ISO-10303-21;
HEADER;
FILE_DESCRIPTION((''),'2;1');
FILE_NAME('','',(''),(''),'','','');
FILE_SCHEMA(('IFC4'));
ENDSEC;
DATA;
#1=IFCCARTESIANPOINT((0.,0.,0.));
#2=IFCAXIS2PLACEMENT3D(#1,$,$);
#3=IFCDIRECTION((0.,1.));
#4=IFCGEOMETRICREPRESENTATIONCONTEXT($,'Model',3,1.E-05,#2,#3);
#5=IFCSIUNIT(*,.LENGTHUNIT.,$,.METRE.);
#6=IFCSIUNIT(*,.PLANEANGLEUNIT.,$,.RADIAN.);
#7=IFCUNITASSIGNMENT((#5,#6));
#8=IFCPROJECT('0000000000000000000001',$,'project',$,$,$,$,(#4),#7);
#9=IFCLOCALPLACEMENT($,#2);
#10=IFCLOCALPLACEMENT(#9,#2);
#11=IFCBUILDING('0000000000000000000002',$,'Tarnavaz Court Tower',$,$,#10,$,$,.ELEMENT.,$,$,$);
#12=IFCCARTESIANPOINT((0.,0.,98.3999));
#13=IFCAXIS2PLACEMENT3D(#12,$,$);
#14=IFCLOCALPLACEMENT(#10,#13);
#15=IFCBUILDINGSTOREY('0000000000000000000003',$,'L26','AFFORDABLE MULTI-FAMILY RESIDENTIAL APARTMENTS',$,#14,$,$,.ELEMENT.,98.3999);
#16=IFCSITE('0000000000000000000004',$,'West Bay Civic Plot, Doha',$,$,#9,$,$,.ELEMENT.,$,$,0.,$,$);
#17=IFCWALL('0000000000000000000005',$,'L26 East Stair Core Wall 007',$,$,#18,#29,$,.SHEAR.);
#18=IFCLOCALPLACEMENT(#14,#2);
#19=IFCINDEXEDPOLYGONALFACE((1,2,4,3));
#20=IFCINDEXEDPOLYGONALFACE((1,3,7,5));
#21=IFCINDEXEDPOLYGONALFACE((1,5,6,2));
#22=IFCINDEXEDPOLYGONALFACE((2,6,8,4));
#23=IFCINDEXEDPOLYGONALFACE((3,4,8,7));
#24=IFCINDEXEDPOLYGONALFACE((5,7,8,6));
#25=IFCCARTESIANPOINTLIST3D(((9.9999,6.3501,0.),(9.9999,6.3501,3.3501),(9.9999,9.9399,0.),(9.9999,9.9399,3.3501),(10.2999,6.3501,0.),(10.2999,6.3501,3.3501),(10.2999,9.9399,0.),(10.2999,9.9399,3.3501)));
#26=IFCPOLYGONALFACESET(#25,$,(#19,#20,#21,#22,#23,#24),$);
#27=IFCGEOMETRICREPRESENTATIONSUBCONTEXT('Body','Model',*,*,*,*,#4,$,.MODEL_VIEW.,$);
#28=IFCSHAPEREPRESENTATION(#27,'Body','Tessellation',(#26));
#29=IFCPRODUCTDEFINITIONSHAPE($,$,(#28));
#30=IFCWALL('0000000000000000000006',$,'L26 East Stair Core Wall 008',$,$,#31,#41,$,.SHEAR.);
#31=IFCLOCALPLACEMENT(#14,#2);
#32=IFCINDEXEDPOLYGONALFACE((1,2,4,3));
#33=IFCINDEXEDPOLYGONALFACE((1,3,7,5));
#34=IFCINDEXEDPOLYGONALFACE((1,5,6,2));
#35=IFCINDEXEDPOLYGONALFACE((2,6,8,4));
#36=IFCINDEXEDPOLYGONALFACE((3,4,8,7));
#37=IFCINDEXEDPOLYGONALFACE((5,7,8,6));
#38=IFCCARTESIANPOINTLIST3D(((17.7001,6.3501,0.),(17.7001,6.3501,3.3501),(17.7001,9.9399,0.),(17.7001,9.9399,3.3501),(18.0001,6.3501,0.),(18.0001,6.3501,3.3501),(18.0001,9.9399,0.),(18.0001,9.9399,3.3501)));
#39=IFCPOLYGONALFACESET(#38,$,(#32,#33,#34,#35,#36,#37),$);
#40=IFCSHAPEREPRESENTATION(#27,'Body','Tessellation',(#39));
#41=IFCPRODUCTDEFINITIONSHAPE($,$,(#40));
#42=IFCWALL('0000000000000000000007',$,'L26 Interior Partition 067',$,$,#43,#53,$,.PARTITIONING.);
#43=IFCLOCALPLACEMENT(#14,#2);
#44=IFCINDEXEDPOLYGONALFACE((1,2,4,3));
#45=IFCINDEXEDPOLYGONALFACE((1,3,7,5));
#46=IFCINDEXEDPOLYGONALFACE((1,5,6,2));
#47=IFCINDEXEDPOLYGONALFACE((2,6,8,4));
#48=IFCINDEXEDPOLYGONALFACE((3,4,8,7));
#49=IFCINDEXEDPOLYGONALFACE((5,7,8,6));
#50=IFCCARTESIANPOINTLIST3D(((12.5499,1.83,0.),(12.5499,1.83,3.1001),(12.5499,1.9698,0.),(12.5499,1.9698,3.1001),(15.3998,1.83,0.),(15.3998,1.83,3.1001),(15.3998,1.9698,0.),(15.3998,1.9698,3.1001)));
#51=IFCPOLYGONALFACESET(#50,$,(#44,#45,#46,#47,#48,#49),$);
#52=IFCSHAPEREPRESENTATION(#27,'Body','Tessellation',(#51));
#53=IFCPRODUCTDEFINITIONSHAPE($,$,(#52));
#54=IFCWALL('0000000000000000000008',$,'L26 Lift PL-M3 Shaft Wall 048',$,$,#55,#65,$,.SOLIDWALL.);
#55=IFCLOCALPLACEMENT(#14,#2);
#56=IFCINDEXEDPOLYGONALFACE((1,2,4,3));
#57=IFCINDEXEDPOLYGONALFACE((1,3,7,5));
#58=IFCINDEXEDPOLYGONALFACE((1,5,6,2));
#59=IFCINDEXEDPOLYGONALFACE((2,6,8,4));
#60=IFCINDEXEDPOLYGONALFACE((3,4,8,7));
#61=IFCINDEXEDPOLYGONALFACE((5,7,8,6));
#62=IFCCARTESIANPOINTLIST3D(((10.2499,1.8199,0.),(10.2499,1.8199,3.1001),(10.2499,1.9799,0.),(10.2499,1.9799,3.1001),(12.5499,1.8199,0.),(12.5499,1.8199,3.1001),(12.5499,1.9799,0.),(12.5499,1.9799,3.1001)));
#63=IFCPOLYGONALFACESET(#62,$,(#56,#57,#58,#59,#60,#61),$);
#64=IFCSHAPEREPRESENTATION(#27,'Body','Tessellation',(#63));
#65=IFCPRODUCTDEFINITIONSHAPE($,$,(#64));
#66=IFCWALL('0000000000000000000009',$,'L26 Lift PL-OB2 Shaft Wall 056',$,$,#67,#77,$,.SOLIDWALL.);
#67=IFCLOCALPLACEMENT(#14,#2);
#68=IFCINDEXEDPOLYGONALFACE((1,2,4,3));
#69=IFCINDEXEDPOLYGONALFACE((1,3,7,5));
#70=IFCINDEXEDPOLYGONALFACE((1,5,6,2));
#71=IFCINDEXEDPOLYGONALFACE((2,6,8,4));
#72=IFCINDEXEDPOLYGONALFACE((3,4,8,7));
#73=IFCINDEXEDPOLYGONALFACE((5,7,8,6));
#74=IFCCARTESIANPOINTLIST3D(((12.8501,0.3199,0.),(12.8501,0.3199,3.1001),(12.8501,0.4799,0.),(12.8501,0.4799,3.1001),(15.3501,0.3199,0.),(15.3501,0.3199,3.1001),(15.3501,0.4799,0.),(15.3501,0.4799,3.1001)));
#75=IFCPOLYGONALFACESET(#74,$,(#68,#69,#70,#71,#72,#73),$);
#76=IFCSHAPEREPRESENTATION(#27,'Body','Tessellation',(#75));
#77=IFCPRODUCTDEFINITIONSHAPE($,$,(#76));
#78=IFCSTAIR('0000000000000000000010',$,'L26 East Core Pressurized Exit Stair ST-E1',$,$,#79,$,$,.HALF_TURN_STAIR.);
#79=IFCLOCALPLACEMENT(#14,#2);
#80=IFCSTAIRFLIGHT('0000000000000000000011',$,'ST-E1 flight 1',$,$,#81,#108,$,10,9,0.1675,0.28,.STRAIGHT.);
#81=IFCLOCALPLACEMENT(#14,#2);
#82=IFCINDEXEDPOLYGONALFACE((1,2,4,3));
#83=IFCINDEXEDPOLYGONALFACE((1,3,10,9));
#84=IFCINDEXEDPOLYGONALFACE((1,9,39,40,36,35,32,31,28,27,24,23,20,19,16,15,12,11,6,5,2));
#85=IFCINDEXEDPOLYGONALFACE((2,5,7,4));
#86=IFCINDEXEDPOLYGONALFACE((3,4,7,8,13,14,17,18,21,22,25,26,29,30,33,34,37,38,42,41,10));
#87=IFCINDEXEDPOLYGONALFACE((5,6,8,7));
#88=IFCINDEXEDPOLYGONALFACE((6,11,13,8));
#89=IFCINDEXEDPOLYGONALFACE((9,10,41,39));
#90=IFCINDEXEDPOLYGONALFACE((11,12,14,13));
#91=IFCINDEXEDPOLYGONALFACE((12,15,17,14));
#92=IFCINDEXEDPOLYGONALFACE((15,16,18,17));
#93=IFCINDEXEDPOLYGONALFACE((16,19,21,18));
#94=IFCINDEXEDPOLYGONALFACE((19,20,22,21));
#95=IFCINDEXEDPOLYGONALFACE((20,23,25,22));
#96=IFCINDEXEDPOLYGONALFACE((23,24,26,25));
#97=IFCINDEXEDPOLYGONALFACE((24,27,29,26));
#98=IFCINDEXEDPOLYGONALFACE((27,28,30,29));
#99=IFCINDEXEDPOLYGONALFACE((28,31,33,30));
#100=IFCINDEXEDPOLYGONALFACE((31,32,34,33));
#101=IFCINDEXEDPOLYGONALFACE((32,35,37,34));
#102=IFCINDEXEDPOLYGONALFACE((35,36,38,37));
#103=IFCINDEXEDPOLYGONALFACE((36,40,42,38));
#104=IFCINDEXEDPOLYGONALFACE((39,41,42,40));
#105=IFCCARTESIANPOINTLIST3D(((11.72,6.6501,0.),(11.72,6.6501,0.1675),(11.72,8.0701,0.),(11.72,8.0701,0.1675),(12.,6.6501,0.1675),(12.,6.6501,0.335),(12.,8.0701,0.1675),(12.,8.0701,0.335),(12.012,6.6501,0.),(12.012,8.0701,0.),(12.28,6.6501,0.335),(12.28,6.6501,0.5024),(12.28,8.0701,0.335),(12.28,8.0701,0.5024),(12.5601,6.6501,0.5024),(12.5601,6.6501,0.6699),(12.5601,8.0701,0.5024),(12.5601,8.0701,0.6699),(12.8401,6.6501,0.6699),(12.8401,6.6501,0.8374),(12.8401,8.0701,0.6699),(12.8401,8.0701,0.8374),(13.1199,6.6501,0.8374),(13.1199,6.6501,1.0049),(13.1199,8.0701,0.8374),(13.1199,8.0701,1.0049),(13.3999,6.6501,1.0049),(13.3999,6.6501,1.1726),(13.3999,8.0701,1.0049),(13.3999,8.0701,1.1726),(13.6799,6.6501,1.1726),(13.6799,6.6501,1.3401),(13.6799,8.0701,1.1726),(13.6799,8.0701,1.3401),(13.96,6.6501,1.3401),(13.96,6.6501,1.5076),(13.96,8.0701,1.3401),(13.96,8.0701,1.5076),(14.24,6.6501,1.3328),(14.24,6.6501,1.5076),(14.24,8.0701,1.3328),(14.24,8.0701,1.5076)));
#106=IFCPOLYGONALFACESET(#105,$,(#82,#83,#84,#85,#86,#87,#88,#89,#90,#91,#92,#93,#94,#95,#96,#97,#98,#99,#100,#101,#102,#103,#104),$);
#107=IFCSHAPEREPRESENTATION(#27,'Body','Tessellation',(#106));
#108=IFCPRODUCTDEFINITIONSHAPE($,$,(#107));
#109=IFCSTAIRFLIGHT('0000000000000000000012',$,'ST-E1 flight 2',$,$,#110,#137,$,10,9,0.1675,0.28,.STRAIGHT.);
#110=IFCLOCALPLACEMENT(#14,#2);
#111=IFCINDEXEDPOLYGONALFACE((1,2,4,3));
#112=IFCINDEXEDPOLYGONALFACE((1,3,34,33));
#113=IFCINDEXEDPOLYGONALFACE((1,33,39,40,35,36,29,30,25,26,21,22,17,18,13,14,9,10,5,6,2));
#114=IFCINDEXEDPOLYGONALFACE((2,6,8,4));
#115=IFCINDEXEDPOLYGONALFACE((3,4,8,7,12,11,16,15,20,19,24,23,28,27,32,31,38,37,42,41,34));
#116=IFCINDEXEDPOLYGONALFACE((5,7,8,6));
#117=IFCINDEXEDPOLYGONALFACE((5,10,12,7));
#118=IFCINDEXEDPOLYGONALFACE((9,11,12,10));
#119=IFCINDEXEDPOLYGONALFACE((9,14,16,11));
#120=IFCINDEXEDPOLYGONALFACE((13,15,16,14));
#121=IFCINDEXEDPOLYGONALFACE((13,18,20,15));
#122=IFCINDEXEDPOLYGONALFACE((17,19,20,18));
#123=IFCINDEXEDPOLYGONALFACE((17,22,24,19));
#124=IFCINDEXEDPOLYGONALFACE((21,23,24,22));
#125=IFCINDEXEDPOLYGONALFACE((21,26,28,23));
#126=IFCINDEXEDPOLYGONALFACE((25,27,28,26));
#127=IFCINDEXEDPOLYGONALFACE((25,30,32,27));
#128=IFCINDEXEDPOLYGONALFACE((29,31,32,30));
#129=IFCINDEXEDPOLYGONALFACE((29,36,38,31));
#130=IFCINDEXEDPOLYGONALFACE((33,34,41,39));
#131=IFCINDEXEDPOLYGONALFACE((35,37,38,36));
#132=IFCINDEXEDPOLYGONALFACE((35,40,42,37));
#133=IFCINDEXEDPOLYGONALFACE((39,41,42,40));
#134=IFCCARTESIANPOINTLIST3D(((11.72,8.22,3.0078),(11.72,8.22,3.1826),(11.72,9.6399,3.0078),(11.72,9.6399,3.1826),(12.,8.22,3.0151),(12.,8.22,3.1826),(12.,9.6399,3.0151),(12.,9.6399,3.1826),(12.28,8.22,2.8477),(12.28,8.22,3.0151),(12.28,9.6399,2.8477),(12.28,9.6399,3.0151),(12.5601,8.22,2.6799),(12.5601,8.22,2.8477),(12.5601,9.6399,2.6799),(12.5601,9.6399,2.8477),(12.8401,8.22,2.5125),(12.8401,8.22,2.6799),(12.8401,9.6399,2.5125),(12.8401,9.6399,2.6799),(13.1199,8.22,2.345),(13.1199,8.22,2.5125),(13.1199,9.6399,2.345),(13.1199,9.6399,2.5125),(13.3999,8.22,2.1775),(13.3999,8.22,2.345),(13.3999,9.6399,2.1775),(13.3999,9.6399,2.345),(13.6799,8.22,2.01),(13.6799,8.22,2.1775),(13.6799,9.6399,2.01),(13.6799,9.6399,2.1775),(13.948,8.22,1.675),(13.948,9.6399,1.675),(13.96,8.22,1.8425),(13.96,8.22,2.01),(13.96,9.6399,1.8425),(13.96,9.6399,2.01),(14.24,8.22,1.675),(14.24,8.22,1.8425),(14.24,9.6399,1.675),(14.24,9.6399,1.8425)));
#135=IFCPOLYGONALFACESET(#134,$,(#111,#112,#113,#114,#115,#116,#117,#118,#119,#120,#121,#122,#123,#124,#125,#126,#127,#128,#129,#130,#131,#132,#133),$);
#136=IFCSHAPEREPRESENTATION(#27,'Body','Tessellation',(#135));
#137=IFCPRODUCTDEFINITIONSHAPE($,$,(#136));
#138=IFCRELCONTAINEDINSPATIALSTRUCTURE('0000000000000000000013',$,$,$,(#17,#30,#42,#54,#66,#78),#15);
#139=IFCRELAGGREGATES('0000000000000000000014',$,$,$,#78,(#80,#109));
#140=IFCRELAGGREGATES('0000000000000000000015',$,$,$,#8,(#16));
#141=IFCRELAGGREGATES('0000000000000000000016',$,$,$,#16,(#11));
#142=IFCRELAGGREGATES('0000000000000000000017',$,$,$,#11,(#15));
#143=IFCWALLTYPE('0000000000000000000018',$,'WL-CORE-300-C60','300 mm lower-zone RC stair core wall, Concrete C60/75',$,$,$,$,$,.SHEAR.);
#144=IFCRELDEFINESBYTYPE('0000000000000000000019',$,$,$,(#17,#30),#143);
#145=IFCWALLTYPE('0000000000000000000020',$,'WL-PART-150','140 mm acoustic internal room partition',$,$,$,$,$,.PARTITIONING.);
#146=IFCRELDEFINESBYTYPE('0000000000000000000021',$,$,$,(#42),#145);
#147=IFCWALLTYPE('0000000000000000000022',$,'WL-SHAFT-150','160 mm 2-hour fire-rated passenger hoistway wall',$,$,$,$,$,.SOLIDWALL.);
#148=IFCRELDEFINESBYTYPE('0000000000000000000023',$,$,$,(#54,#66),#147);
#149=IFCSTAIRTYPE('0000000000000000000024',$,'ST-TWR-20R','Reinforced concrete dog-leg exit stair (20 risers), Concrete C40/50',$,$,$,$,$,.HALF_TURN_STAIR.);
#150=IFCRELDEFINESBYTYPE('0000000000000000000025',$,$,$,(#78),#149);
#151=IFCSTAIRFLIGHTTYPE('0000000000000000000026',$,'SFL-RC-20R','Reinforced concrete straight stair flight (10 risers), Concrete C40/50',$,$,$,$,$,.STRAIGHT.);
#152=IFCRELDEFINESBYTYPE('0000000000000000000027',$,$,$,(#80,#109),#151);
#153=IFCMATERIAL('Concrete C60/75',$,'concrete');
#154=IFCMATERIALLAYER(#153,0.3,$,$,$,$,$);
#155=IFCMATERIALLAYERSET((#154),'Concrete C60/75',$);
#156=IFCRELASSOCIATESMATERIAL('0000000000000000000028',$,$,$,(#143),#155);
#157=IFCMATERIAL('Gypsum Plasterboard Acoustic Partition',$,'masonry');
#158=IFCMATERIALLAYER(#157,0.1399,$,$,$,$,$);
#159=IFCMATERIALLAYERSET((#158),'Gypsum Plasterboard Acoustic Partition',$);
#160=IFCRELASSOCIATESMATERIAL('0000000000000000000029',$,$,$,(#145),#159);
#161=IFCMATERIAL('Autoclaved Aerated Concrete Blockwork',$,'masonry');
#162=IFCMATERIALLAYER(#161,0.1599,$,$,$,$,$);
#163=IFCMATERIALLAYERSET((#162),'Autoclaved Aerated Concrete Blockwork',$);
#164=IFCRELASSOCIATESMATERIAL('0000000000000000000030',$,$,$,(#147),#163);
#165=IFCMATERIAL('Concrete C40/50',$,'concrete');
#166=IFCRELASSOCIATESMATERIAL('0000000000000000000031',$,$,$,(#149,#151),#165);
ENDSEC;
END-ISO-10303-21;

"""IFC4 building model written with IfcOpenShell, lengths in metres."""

from ifc_helpers import new_model, si_unit, direction, frame, frame_2d, origin, place, context, subcontext, project, spatial, polyline, rectangle, outline, extrude, material, layer, layer_set, type_object, element, aggregate, save


model = new_model("IFC4")

# Units and contexts
model_context = context("Model", 3, precision=1e-05, world=origin(), true_north=direction((0.0, 1.0)))
body_context = subcontext(model_context, "Body", "Model", "MODEL_VIEW")
ifc_project = project(units=[si_unit("LENGTHUNIT", "METRE"), si_unit("PLANEANGLEUNIT", "RADIAN")], contexts=[model_context])

# Site, building, storey
site_placement = place(None, origin())
site = spatial("IfcSite", under=ifc_project, at=site_placement, Name="West Bay Civic Plot, Doha", CompositionType="ELEMENT", RefElevation=0.0)
building_placement = place(site_placement, origin())
building = spatial("IfcBuilding", under=site, at=building_placement, Name="Tarnavaz Court Tower", CompositionType="ELEMENT")
storey_placement = place(building_placement, frame((0.0, 0.0, 98.3999)))
storey = spatial("IfcBuildingStorey", under=building, at=storey_placement, Name="L26", Description="AFFORDABLE MULTI-FAMILY RESIDENTIAL APARTMENTS", CompositionType="ELEMENT", Elevation=98.3999)

# Shared definitions
ifc_material_1 = material(Name="Concrete C60/75", Category="concrete")

# Walls
ifc_layer_1 = layer(ifc_material_1, 0.3)
ifc_layer_set_1 = layer_set([ifc_layer_1], Name="Concrete C60/75")
wall_type_1 = type_object("IfcWallType", Name="WL-CORE-300-C60", Description="300 mm lower-zone RC stair core wall, Concrete C60/75", PredefinedType="SHEAR", material=ifc_layer_set_1)
for number, where, z_axis, x_axis, name in (
    (1, (10.1499, 6.3501, 0.0), (0.0, 0.0, 1.0), (0.0, 1.0, 0.0), "L26 East Stair Core Wall 007"),
    (2, (17.8501, 6.3501, 0.0), (0.0, 0.0, 1.0), (0.0, 1.0, 0.0), "L26 East Stair Core Wall 008"),
):
    element("IfcWall", number, at=place(storey_placement, frame(where, z_axis=z_axis, x_axis=x_axis)), inside=storey, type_object=wall_type_1, Name=name, PredefinedType="SHEAR", context=body_context, shape_type="SweptSolid", body=[
        extrude(rectangle(XDim=3.5898, YDim=0.3, at=frame_2d((1.7949, 0.0))), origin(), (0.0, 0.0, 1.0), 3.3501),
    ])
ifc_material_2 = material(Name="Gypsum Plasterboard Acoustic Partition", Category="masonry")
ifc_layer_2 = layer(ifc_material_2, 0.1399)
ifc_layer_set_2 = layer_set([ifc_layer_2], Name="Gypsum Plasterboard Acoustic Partition")
wall_type_2 = type_object("IfcWallType", Name="WL-PART-150", Description="140 mm acoustic internal room partition", PredefinedType="PARTITIONING", material=ifc_layer_set_2)
wall_1_placement = place(storey_placement, frame((12.55, 1.8999, 0.0), z_axis=(0.0, 0.0, 1.0), x_axis=(1.0, 0.0, 0.0)))
element("IfcWall", 3, at=wall_1_placement, inside=storey, type_object=wall_type_2, Name="L26 Interior Partition 067", PredefinedType="PARTITIONING", context=body_context, shape_type="SweptSolid", body=[
    extrude(rectangle(XDim=2.8499, YDim=0.1399, at=frame_2d((1.4248, 0.0))), origin(), (0.0, 0.0, 1.0), 3.1001),
])
ifc_material_3 = material(Name="Autoclaved Aerated Concrete Blockwork", Category="masonry")
ifc_layer_3 = layer(ifc_material_3, 0.1599)
ifc_layer_set_3 = layer_set([ifc_layer_3], Name="Autoclaved Aerated Concrete Blockwork")
wall_type_3 = type_object("IfcWallType", Name="WL-SHAFT-150", Description="160 mm 2-hour fire-rated passenger hoistway wall", PredefinedType="SOLIDWALL", material=ifc_layer_set_3)
wall_2_placement = place(storey_placement, frame((10.25, 1.8999, 0.0), z_axis=(0.0, 0.0, 1.0), x_axis=(1.0, 0.0, 0.0)))
element("IfcWall", 4, at=wall_2_placement, inside=storey, type_object=wall_type_3, Name="L26 Lift PL-M3 Shaft Wall 048", PredefinedType="SOLIDWALL", context=body_context, shape_type="SweptSolid", body=[
    extrude(rectangle(XDim=2.3, YDim=0.1599, at=frame_2d((1.1499, 0.0))), origin(), (0.0, 0.0, 1.0), 3.1001),
])
wall_3_placement = place(storey_placement, frame((12.8501, 0.3999, 0.0), z_axis=(0.0, 0.0, 1.0), x_axis=(1.0, 0.0, 0.0)))
element("IfcWall", 5, at=wall_3_placement, inside=storey, type_object=wall_type_3, Name="L26 Lift PL-OB2 Shaft Wall 056", PredefinedType="SOLIDWALL", context=body_context, shape_type="SweptSolid", body=[
    extrude(rectangle(XDim=2.5, YDim=0.1599, at=frame_2d((1.25, 0.0))), origin(), (0.0, 0.0, 1.0), 3.1001),
])

# Stair, stair flights
ifc_material_4 = material(Name="Concrete C40/50", Category="concrete")
stair_type = type_object("IfcStairType", Name="ST-TWR-20R", Description="Reinforced concrete dog-leg exit stair (20 risers), Concrete C40/50", PredefinedType="HALF_TURN_STAIR", material=ifc_material_4)
stair_placement = place(storey_placement, origin())
stair = element("IfcStair", 6, at=stair_placement, inside=storey, type_object=stair_type, Name="L26 East Core Pressurized Exit Stair ST-E1", PredefinedType="HALF_TURN_STAIR")
stair_flight_type = type_object("IfcStairFlightType", Name="SFL-RC-20R", Description="Reinforced concrete straight stair flight (10 risers), Concrete C40/50", PredefinedType="STRAIGHT", material=ifc_material_4)
stair_flight_1_placement = place(storey_placement, frame((11.72, 7.3601, 0.0), z_axis=(0.0, 0.0, 1.0), x_axis=(1.0, 0.0, 0.0)))
stair_flight_1 = element("IfcStairFlight", 7, at=stair_flight_1_placement, type_object=stair_flight_type, Name="ST-E1 flight 1", NumberOfRisers=10, NumberOfTreads=9, PredefinedType="STRAIGHT", RiserHeight=0.1675, TreadLength=0.28, context=body_context, shape_type="SweptSolid", body=[
    extrude(outline(polyline([(0.0, 0.0), (0.0, 0.1675), (0.28, 0.1675), (0.28, 0.335), (0.5601, 0.335), (0.5601, 0.5024), (0.8401, 0.5024), (0.8401, 0.6699), (1.1201, 0.6699), (1.1201, 0.8374), (1.3999, 0.8374), (1.3999, 1.0049), (1.6799, 1.0049), (1.6799, 1.1726), (1.96, 1.1726), (1.96, 1.3401), (2.24, 1.3401), (2.24, 1.5076), (2.52, 1.5076), (2.52, 1.675), (2.52, 1.3328), (0.292, 0.0), (0.0, 0.0)])), frame((0.0, 0.71, 0.0), z_axis=(0.0, -1.0, 0.0), x_axis=(1.0, 0.0, 0.0)), (0.0, 0.0, 1.0), 1.4199),
])
stair_flight_2_placement = place(storey_placement, frame((14.24, 8.9299, 1.675), z_axis=(0.0, 0.0, 1.0), x_axis=(-1.0, 0.0, 0.0)))
stair_flight_2 = element("IfcStairFlight", 8, at=stair_flight_2_placement, type_object=stair_flight_type, Name="ST-E1 flight 2", NumberOfRisers=10, NumberOfTreads=9, PredefinedType="STRAIGHT", RiserHeight=0.1675, TreadLength=0.28, context=body_context, shape_type="SweptSolid", body=[
    extrude(outline(polyline([(0.0, 0.0), (0.0, 0.1675), (0.28, 0.1675), (0.28, 0.335), (0.5601, 0.335), (0.5601, 0.5024), (0.8401, 0.5024), (0.8401, 0.6699), (1.1201, 0.6699), (1.1201, 0.8374), (1.3999, 0.8374), (1.3999, 1.0049), (1.6799, 1.0049), (1.6799, 1.1726), (1.96, 1.1726), (1.96, 1.3401), (2.24, 1.3401), (2.24, 1.5076), (2.52, 1.5076), (2.52, 1.675), (2.52, 1.3328), (0.292, 0.0), (0.0, 0.0)])), frame((0.0, 0.71, 0.0), z_axis=(0.0, -1.0, 0.0), x_axis=(1.0, 0.0, 0.0)), (0.0, 0.0, 1.0), 1.4199),
])
aggregate(stair, [stair_flight_1, stair_flight_2])

save(model, "model.ifc")
